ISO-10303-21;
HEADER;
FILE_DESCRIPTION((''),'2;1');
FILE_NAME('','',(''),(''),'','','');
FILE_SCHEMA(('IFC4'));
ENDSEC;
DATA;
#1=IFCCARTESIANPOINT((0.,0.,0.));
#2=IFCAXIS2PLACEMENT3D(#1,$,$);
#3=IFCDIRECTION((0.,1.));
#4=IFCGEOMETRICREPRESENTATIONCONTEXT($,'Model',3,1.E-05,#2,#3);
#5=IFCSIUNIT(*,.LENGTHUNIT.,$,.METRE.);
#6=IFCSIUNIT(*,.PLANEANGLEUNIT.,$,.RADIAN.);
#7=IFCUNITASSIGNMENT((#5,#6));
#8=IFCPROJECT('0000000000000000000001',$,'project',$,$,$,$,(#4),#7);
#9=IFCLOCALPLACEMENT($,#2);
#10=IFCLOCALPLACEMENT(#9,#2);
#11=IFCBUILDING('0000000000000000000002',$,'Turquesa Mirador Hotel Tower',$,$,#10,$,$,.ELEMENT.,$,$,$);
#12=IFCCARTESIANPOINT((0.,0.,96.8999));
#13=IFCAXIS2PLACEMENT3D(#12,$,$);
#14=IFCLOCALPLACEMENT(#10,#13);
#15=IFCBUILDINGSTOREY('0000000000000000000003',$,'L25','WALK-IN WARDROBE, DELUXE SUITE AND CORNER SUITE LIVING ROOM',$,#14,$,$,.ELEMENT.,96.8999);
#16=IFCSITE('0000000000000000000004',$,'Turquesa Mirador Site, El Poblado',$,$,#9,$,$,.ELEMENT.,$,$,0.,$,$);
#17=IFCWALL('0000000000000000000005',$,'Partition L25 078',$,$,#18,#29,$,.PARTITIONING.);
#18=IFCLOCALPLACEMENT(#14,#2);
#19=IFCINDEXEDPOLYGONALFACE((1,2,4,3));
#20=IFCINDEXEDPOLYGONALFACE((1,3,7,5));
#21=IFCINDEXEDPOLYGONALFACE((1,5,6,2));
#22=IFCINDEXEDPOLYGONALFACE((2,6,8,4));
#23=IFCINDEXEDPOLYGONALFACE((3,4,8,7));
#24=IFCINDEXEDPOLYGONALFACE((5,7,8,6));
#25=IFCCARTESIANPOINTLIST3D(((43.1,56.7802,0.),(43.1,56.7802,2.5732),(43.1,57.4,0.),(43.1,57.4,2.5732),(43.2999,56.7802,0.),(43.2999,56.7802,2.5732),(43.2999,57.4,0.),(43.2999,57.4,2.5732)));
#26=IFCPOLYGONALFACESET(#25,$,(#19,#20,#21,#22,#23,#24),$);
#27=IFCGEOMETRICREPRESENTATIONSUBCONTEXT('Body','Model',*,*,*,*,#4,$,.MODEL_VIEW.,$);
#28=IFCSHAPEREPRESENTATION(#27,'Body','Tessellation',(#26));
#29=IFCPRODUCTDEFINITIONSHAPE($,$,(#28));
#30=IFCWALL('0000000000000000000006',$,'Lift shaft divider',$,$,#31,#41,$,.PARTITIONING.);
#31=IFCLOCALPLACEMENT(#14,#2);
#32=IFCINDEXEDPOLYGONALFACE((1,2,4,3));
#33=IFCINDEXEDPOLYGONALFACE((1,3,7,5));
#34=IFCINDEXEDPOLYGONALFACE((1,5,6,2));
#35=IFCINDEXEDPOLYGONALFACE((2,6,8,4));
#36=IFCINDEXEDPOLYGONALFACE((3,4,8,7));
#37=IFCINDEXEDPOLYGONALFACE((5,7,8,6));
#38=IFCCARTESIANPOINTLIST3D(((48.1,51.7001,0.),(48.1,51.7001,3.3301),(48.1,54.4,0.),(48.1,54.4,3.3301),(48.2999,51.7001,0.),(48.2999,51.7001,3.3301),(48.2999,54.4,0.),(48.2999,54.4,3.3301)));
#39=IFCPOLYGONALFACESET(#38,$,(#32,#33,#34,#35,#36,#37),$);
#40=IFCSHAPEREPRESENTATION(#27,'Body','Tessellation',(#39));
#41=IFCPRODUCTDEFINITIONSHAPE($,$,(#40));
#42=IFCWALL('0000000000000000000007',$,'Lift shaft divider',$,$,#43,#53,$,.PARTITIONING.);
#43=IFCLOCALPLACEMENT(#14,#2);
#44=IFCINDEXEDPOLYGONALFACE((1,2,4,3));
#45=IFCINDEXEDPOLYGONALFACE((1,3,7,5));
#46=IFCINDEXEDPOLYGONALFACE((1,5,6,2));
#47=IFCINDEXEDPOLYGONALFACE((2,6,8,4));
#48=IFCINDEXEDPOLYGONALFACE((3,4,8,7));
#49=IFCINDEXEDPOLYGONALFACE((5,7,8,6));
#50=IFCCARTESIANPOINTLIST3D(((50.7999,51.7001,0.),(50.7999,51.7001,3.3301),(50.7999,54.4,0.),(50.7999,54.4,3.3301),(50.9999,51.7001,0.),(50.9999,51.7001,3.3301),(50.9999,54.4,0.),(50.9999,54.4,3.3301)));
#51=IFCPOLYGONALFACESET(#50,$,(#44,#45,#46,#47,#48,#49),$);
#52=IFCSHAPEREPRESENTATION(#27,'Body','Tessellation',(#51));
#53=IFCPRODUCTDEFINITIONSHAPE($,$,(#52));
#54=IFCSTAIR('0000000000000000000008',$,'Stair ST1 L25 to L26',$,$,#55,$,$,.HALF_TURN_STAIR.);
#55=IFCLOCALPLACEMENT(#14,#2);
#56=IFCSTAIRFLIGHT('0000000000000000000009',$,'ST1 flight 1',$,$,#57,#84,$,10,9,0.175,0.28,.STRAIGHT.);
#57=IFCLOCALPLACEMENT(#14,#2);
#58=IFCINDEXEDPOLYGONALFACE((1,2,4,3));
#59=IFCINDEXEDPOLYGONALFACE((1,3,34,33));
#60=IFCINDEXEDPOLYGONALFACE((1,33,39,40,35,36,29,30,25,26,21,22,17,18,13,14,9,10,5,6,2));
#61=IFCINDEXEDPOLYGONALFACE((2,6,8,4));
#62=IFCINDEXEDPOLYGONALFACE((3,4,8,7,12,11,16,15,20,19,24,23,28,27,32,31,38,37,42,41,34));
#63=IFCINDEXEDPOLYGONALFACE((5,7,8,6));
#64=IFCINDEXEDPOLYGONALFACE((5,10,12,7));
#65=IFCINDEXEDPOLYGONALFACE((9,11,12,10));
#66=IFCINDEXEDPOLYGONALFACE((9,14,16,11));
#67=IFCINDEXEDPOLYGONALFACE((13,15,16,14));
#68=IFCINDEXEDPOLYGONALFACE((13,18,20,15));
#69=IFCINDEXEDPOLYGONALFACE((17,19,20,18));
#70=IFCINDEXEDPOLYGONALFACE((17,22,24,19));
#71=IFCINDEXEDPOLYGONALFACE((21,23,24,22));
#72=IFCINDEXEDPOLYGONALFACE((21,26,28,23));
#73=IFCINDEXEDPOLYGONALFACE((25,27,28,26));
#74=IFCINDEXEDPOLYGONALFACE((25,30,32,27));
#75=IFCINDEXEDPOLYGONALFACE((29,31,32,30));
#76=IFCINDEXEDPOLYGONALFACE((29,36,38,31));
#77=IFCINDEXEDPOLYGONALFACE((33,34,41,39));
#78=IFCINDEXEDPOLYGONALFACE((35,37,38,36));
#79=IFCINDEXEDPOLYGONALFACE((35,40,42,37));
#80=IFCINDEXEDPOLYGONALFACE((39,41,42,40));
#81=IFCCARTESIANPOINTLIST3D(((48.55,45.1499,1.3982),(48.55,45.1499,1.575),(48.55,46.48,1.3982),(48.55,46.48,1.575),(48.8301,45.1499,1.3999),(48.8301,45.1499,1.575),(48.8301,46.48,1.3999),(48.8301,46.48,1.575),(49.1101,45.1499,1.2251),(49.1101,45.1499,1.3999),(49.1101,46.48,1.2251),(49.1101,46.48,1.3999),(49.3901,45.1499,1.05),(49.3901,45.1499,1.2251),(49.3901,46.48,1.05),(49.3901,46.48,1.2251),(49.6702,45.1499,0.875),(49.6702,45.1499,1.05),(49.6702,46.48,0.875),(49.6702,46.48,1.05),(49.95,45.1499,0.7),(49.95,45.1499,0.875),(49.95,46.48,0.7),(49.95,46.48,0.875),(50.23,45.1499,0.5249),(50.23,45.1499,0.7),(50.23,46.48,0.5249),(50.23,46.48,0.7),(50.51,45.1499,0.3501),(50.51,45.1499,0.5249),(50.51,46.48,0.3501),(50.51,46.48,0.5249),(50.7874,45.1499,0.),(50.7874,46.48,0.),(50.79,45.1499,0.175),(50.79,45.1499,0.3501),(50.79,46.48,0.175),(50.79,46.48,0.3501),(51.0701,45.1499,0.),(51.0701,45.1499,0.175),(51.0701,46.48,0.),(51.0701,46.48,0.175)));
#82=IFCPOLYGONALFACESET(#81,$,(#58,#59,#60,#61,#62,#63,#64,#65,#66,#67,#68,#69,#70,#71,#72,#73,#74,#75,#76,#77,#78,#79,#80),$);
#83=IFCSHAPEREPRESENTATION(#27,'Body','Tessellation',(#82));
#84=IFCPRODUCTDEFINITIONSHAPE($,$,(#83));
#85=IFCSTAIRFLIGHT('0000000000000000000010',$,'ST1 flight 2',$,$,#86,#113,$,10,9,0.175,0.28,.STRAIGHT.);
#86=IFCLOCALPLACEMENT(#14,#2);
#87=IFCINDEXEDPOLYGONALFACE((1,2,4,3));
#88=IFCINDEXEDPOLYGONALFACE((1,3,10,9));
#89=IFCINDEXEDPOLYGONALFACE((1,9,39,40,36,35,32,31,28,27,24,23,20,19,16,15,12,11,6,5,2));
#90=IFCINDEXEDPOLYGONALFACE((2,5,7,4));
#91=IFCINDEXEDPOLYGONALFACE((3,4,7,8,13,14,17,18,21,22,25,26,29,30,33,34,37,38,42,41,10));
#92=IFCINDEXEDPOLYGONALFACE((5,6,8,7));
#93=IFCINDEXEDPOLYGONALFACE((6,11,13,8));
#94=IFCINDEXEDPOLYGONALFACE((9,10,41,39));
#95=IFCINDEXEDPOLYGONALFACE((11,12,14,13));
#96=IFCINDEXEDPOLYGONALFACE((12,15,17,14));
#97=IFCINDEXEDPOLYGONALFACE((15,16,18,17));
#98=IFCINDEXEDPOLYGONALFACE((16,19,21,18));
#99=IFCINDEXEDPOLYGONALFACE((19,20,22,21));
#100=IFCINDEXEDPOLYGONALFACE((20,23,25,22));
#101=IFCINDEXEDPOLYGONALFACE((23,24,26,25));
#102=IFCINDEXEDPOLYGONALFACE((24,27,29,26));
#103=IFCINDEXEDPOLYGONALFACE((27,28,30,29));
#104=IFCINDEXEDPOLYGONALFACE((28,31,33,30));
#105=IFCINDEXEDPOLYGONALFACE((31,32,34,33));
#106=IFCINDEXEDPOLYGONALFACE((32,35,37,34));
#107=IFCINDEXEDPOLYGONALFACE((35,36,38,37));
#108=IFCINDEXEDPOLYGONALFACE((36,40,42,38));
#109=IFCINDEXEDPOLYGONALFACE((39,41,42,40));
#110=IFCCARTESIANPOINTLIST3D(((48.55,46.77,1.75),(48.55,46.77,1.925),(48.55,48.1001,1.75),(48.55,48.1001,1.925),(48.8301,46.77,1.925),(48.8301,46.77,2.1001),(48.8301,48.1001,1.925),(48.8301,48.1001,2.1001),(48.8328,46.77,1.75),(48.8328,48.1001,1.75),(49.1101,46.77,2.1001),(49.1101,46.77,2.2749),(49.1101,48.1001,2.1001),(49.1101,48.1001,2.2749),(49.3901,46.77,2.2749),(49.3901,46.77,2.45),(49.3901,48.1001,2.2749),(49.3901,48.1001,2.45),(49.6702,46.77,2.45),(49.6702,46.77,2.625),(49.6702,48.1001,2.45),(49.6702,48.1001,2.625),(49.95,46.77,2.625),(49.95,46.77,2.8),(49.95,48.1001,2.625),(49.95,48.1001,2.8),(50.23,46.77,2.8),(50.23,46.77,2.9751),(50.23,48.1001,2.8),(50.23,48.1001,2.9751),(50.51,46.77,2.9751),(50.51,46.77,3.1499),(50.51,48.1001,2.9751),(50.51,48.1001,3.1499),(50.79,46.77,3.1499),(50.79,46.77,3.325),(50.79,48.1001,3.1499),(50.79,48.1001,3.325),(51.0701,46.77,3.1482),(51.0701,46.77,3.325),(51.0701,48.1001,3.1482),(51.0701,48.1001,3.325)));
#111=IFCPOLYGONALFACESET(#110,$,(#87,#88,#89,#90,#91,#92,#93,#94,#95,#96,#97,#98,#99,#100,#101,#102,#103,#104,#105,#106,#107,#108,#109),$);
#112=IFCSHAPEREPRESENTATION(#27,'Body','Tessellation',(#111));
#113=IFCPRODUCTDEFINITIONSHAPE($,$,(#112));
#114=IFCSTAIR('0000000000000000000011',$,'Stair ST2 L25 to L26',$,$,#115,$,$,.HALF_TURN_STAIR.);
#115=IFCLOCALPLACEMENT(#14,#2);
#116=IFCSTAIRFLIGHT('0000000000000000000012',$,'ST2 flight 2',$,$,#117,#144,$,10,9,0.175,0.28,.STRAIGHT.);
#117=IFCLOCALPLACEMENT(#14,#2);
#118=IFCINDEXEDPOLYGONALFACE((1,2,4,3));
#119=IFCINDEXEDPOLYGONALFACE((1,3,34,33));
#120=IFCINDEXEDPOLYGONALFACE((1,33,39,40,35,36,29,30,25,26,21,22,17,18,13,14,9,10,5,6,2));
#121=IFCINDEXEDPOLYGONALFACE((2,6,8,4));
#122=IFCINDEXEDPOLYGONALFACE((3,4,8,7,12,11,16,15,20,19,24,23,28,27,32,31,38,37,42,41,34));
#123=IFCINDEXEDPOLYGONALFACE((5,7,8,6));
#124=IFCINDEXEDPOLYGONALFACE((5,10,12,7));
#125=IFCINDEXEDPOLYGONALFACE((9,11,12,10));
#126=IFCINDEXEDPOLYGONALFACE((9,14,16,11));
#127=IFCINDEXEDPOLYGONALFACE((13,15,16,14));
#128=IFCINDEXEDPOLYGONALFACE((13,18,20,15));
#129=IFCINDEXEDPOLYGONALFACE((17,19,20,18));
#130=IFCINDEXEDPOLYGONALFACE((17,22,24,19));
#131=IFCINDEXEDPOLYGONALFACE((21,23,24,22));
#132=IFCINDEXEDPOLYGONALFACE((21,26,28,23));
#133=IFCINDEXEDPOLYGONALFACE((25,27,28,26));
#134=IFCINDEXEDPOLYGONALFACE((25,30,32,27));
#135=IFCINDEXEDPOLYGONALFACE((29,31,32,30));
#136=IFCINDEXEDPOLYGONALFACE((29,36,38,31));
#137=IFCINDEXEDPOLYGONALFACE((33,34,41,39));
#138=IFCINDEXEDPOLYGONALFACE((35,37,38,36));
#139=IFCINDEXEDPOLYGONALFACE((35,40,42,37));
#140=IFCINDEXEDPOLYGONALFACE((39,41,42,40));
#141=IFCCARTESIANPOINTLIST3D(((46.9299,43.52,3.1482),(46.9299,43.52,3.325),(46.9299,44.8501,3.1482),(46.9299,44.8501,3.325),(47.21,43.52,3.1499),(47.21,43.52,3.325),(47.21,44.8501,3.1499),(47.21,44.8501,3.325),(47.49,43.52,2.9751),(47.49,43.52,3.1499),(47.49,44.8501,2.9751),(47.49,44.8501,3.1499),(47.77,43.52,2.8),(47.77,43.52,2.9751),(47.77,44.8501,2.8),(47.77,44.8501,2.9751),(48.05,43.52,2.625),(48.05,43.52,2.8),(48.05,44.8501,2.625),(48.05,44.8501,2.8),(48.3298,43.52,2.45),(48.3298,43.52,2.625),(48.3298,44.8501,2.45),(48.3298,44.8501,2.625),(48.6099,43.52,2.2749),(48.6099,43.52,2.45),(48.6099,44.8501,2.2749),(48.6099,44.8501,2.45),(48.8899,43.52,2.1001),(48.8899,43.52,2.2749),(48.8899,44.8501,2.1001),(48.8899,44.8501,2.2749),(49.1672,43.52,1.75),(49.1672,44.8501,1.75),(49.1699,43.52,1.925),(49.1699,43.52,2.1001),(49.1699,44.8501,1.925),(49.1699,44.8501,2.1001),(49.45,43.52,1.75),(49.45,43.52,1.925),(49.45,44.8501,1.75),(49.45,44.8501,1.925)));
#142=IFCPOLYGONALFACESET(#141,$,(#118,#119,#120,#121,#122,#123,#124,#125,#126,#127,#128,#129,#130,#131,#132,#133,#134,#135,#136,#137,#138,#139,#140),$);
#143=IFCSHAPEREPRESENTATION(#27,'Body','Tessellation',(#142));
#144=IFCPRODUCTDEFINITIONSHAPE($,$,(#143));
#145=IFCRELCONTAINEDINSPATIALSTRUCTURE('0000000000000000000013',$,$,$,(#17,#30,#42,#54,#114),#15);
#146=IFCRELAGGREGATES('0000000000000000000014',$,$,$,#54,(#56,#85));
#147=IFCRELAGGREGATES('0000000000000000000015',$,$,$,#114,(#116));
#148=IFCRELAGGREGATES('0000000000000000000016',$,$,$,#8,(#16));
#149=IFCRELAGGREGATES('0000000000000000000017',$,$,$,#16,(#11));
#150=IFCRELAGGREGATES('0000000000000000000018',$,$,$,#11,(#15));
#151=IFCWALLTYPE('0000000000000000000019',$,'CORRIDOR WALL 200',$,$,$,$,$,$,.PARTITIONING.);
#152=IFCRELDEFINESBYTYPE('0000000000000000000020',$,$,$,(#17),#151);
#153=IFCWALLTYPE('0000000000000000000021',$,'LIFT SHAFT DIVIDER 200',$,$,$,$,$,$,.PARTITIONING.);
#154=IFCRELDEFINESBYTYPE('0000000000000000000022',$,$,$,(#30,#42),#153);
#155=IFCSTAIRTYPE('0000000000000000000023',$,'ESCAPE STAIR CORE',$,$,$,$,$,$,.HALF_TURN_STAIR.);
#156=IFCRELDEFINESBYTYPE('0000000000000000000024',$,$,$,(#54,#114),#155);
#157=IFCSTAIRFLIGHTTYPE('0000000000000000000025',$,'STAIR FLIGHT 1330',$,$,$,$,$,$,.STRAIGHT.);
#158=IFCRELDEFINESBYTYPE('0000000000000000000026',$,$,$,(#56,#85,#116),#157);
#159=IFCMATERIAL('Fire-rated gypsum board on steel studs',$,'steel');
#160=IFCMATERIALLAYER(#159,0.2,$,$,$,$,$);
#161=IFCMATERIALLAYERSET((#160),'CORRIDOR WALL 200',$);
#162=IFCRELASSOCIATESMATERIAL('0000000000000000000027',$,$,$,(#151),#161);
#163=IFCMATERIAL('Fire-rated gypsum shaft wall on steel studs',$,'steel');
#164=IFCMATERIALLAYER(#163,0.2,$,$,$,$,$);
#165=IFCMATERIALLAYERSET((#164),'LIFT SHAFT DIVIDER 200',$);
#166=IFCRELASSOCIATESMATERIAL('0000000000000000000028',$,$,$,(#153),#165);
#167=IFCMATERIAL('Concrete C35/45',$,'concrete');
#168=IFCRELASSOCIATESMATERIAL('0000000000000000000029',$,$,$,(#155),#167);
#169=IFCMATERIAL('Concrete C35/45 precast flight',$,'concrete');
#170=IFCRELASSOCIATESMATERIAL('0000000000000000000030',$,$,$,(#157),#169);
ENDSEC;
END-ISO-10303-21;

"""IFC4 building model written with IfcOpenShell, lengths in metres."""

from ifc_helpers import new_model, si_unit, direction, frame, frame_2d, origin, place, context, subcontext, project, spatial, polyline, rectangle, outline, extrude, material, layer, layer_set, type_object, element, aggregate, save


model = new_model("IFC4")

# Units and contexts
model_context = context("Model", 3, precision=1e-05, world=origin(), true_north=direction((0.0, 1.0)))
body_context = subcontext(model_context, "Body", "Model", "MODEL_VIEW")
ifc_project = project(units=[si_unit("LENGTHUNIT", "METRE"), si_unit("PLANEANGLEUNIT", "RADIAN")], contexts=[model_context])

# Site, building, storey
site_placement = place(None, origin())
site = spatial("IfcSite", under=ifc_project, at=site_placement, Name="Turquesa Mirador Site, El Poblado", CompositionType="ELEMENT", RefElevation=0.0)
building_placement = place(site_placement, origin())
building = spatial("IfcBuilding", under=site, at=building_placement, Name="Turquesa Mirador Hotel Tower", CompositionType="ELEMENT")
storey_placement = place(building_placement, frame((0.0, 0.0, 96.8999)))
storey = spatial("IfcBuildingStorey", under=building, at=storey_placement, Name="L25", Description="WALK-IN WARDROBE, DELUXE SUITE AND CORNER SUITE LIVING ROOM", CompositionType="ELEMENT", Elevation=96.8999)

# Walls
ifc_material_1 = material(Name="Fire-rated gypsum board on steel studs", Category="steel")
ifc_layer_1 = layer(ifc_material_1, 0.2)
ifc_layer_set_1 = layer_set([ifc_layer_1], Name="CORRIDOR WALL 200")
wall_type_1 = type_object("IfcWallType", Name="CORRIDOR WALL 200", PredefinedType="PARTITIONING", material=ifc_layer_set_1)
wall_1_placement = place(storey_placement, frame((43.2, 56.78, 0.0), z_axis=(0.0, 0.0, 1.0), x_axis=(0.0, 1.0, 0.0)))
element("IfcWall", 1, at=wall_1_placement, inside=storey, type_object=wall_type_1, Name="Partition L25 078", PredefinedType="PARTITIONING", context=body_context, shape_type="SweptSolid", body=[
    extrude(rectangle(XDim=0.6199, YDim=0.2, at=frame_2d((0.3101, 0.0))), origin(), (0.0, 0.0, 1.0), 2.5732),
])
ifc_material_2 = material(Name="Fire-rated gypsum shaft wall on steel studs", Category="steel")
ifc_layer_2 = layer(ifc_material_2, 0.2)
ifc_layer_set_2 = layer_set([ifc_layer_2], Name="LIFT SHAFT DIVIDER 200")
wall_type_2 = type_object("IfcWallType", Name="LIFT SHAFT DIVIDER 200", PredefinedType="PARTITIONING", material=ifc_layer_set_2)
for number, where, z_axis, x_axis, name in (
    (2, (48.2, 51.7, 0.0), (0.0, 0.0, 1.0), (0.0, 1.0, 0.0), "Lift shaft divider"),
    (3, (50.8999, 51.7, 0.0), (0.0, 0.0, 1.0), (0.0, 1.0, 0.0), "Lift shaft divider"),
):
    element("IfcWall", number, at=place(storey_placement, frame(where, z_axis=z_axis, x_axis=x_axis)), inside=storey, type_object=wall_type_2, Name=name, PredefinedType="PARTITIONING", context=body_context, shape_type="SweptSolid", body=[
        extrude(rectangle(XDim=2.7, YDim=0.2, at=frame_2d((1.3501, 0.0))), origin(), (0.0, 0.0, 1.0), 3.3301),
    ])

# Stair, stair flights
ifc_material_3 = material(Name="Concrete C35/45", Category="concrete")
stair_type = type_object("IfcStairType", Name="ESCAPE STAIR CORE", PredefinedType="HALF_TURN_STAIR", material=ifc_material_3)
stair_1_placement = place(storey_placement, origin())
stair_1 = element("IfcStair", 4, at=stair_1_placement, inside=storey, type_object=stair_type, Name="Stair ST1 L25 to L26", PredefinedType="HALF_TURN_STAIR")
ifc_material_4 = material(Name="Concrete C35/45 precast flight", Category="concrete")
stair_flight_type = type_object("IfcStairFlightType", Name="STAIR FLIGHT 1330", PredefinedType="STRAIGHT", material=ifc_material_4)
stair_flight_1_placement = place(storey_placement, frame((51.0701, 45.8149, 0.0), z_axis=(0.0, 0.0, 1.0), x_axis=(-1.0, 0.0, 0.0)))
stair_flight_1 = element("IfcStairFlight", 5, at=stair_flight_1_placement, type_object=stair_flight_type, Name="ST1 flight 1", NumberOfRisers=10, NumberOfTreads=9, PredefinedType="STRAIGHT", RiserHeight=0.175, TreadLength=0.28, context=body_context, shape_type="SweptSolid", body=[
    extrude(outline(polyline([(0.0, 0.0), (0.0, 0.175), (0.28, 0.175), (0.28, 0.3501), (0.5601, 0.3501), (0.5601, 0.5249), (0.8401, 0.5249), (0.8401, 0.7), (1.1201, 0.7), (1.1201, 0.875), (1.3999, 0.875), (1.3999, 1.05), (1.6799, 1.05), (1.6799, 1.2251), (1.96, 1.2251), (1.96, 1.3999), (2.24, 1.3999), (2.24, 1.575), (2.52, 1.575), (2.52, 1.75), (2.52, 1.3982), (0.2827, 0.0), (0.0, 0.0)])), frame((0.0, 0.665, 0.0), z_axis=(0.0, -1.0, 0.0), x_axis=(1.0, 0.0, 0.0)), (0.0, 0.0, 1.0), 1.3301),
])
stair_flight_2_placement = place(storey_placement, frame((48.55, 47.4351, 1.75), z_axis=(0.0, 0.0, 1.0), x_axis=(1.0, 0.0, 0.0)))
stair_flight_2 = element("IfcStairFlight", 6, at=stair_flight_2_placement, type_object=stair_flight_type, Name="ST1 flight 2", NumberOfRisers=10, NumberOfTreads=9, PredefinedType="STRAIGHT", RiserHeight=0.175, TreadLength=0.28, context=body_context, shape_type="SweptSolid", body=[
    extrude(outline(polyline([(0.0, 0.0), (0.0, 0.175), (0.28, 0.175), (0.28, 0.3501), (0.5601, 0.3501), (0.5601, 0.5249), (0.8401, 0.5249), (0.8401, 0.7), (1.1201, 0.7), (1.1201, 0.875), (1.3999, 0.875), (1.3999, 1.05), (1.6799, 1.05), (1.6799, 1.2251), (1.96, 1.2251), (1.96, 1.3999), (2.24, 1.3999), (2.24, 1.575), (2.52, 1.575), (2.52, 1.75), (2.52, 1.3982), (0.2827, 0.0), (0.0, 0.0)])), frame((0.0, 0.665, 0.0), z_axis=(0.0, -1.0, 0.0), x_axis=(1.0, 0.0, 0.0)), (0.0, 0.0, 1.0), 1.3301),
])
aggregate(stair_1, [stair_flight_1, stair_flight_2])

# Stair, stair flight
stair_2_placement = place(storey_placement, origin())
stair_2 = element("IfcStair", 7, at=stair_2_placement, inside=storey, type_object=stair_type, Name="Stair ST2 L25 to L26", PredefinedType="HALF_TURN_STAIR")
stair_flight_3_placement = place(storey_placement, frame((49.45, 44.1851, 1.75), z_axis=(0.0, 0.0, 1.0), x_axis=(-1.0, 0.0, 0.0)))
stair_flight_3 = element("IfcStairFlight", 8, at=stair_flight_3_placement, type_object=stair_flight_type, Name="ST2 flight 2", NumberOfRisers=10, NumberOfTreads=9, PredefinedType="STRAIGHT", RiserHeight=0.175, TreadLength=0.28, context=body_context, shape_type="SweptSolid", body=[
    extrude(outline(polyline([(0.0, 0.0), (0.0, 0.175), (0.28, 0.175), (0.28, 0.3501), (0.5601, 0.3501), (0.5601, 0.5249), (0.8401, 0.5249), (0.8401, 0.7), (1.1201, 0.7), (1.1201, 0.875), (1.3999, 0.875), (1.3999, 1.05), (1.6799, 1.05), (1.6799, 1.2251), (1.96, 1.2251), (1.96, 1.3999), (2.24, 1.3999), (2.24, 1.575), (2.52, 1.575), (2.52, 1.75), (2.52, 1.3982), (0.2827, 0.0), (0.0, 0.0)])), frame((0.0, 0.665, 0.0), z_axis=(0.0, -1.0, 0.0), x_axis=(1.0, 0.0, 0.0)), (0.0, 0.0, 1.0), 1.3301),
])
aggregate(stair_2, [stair_flight_3])

save(model, "model.ifc")
